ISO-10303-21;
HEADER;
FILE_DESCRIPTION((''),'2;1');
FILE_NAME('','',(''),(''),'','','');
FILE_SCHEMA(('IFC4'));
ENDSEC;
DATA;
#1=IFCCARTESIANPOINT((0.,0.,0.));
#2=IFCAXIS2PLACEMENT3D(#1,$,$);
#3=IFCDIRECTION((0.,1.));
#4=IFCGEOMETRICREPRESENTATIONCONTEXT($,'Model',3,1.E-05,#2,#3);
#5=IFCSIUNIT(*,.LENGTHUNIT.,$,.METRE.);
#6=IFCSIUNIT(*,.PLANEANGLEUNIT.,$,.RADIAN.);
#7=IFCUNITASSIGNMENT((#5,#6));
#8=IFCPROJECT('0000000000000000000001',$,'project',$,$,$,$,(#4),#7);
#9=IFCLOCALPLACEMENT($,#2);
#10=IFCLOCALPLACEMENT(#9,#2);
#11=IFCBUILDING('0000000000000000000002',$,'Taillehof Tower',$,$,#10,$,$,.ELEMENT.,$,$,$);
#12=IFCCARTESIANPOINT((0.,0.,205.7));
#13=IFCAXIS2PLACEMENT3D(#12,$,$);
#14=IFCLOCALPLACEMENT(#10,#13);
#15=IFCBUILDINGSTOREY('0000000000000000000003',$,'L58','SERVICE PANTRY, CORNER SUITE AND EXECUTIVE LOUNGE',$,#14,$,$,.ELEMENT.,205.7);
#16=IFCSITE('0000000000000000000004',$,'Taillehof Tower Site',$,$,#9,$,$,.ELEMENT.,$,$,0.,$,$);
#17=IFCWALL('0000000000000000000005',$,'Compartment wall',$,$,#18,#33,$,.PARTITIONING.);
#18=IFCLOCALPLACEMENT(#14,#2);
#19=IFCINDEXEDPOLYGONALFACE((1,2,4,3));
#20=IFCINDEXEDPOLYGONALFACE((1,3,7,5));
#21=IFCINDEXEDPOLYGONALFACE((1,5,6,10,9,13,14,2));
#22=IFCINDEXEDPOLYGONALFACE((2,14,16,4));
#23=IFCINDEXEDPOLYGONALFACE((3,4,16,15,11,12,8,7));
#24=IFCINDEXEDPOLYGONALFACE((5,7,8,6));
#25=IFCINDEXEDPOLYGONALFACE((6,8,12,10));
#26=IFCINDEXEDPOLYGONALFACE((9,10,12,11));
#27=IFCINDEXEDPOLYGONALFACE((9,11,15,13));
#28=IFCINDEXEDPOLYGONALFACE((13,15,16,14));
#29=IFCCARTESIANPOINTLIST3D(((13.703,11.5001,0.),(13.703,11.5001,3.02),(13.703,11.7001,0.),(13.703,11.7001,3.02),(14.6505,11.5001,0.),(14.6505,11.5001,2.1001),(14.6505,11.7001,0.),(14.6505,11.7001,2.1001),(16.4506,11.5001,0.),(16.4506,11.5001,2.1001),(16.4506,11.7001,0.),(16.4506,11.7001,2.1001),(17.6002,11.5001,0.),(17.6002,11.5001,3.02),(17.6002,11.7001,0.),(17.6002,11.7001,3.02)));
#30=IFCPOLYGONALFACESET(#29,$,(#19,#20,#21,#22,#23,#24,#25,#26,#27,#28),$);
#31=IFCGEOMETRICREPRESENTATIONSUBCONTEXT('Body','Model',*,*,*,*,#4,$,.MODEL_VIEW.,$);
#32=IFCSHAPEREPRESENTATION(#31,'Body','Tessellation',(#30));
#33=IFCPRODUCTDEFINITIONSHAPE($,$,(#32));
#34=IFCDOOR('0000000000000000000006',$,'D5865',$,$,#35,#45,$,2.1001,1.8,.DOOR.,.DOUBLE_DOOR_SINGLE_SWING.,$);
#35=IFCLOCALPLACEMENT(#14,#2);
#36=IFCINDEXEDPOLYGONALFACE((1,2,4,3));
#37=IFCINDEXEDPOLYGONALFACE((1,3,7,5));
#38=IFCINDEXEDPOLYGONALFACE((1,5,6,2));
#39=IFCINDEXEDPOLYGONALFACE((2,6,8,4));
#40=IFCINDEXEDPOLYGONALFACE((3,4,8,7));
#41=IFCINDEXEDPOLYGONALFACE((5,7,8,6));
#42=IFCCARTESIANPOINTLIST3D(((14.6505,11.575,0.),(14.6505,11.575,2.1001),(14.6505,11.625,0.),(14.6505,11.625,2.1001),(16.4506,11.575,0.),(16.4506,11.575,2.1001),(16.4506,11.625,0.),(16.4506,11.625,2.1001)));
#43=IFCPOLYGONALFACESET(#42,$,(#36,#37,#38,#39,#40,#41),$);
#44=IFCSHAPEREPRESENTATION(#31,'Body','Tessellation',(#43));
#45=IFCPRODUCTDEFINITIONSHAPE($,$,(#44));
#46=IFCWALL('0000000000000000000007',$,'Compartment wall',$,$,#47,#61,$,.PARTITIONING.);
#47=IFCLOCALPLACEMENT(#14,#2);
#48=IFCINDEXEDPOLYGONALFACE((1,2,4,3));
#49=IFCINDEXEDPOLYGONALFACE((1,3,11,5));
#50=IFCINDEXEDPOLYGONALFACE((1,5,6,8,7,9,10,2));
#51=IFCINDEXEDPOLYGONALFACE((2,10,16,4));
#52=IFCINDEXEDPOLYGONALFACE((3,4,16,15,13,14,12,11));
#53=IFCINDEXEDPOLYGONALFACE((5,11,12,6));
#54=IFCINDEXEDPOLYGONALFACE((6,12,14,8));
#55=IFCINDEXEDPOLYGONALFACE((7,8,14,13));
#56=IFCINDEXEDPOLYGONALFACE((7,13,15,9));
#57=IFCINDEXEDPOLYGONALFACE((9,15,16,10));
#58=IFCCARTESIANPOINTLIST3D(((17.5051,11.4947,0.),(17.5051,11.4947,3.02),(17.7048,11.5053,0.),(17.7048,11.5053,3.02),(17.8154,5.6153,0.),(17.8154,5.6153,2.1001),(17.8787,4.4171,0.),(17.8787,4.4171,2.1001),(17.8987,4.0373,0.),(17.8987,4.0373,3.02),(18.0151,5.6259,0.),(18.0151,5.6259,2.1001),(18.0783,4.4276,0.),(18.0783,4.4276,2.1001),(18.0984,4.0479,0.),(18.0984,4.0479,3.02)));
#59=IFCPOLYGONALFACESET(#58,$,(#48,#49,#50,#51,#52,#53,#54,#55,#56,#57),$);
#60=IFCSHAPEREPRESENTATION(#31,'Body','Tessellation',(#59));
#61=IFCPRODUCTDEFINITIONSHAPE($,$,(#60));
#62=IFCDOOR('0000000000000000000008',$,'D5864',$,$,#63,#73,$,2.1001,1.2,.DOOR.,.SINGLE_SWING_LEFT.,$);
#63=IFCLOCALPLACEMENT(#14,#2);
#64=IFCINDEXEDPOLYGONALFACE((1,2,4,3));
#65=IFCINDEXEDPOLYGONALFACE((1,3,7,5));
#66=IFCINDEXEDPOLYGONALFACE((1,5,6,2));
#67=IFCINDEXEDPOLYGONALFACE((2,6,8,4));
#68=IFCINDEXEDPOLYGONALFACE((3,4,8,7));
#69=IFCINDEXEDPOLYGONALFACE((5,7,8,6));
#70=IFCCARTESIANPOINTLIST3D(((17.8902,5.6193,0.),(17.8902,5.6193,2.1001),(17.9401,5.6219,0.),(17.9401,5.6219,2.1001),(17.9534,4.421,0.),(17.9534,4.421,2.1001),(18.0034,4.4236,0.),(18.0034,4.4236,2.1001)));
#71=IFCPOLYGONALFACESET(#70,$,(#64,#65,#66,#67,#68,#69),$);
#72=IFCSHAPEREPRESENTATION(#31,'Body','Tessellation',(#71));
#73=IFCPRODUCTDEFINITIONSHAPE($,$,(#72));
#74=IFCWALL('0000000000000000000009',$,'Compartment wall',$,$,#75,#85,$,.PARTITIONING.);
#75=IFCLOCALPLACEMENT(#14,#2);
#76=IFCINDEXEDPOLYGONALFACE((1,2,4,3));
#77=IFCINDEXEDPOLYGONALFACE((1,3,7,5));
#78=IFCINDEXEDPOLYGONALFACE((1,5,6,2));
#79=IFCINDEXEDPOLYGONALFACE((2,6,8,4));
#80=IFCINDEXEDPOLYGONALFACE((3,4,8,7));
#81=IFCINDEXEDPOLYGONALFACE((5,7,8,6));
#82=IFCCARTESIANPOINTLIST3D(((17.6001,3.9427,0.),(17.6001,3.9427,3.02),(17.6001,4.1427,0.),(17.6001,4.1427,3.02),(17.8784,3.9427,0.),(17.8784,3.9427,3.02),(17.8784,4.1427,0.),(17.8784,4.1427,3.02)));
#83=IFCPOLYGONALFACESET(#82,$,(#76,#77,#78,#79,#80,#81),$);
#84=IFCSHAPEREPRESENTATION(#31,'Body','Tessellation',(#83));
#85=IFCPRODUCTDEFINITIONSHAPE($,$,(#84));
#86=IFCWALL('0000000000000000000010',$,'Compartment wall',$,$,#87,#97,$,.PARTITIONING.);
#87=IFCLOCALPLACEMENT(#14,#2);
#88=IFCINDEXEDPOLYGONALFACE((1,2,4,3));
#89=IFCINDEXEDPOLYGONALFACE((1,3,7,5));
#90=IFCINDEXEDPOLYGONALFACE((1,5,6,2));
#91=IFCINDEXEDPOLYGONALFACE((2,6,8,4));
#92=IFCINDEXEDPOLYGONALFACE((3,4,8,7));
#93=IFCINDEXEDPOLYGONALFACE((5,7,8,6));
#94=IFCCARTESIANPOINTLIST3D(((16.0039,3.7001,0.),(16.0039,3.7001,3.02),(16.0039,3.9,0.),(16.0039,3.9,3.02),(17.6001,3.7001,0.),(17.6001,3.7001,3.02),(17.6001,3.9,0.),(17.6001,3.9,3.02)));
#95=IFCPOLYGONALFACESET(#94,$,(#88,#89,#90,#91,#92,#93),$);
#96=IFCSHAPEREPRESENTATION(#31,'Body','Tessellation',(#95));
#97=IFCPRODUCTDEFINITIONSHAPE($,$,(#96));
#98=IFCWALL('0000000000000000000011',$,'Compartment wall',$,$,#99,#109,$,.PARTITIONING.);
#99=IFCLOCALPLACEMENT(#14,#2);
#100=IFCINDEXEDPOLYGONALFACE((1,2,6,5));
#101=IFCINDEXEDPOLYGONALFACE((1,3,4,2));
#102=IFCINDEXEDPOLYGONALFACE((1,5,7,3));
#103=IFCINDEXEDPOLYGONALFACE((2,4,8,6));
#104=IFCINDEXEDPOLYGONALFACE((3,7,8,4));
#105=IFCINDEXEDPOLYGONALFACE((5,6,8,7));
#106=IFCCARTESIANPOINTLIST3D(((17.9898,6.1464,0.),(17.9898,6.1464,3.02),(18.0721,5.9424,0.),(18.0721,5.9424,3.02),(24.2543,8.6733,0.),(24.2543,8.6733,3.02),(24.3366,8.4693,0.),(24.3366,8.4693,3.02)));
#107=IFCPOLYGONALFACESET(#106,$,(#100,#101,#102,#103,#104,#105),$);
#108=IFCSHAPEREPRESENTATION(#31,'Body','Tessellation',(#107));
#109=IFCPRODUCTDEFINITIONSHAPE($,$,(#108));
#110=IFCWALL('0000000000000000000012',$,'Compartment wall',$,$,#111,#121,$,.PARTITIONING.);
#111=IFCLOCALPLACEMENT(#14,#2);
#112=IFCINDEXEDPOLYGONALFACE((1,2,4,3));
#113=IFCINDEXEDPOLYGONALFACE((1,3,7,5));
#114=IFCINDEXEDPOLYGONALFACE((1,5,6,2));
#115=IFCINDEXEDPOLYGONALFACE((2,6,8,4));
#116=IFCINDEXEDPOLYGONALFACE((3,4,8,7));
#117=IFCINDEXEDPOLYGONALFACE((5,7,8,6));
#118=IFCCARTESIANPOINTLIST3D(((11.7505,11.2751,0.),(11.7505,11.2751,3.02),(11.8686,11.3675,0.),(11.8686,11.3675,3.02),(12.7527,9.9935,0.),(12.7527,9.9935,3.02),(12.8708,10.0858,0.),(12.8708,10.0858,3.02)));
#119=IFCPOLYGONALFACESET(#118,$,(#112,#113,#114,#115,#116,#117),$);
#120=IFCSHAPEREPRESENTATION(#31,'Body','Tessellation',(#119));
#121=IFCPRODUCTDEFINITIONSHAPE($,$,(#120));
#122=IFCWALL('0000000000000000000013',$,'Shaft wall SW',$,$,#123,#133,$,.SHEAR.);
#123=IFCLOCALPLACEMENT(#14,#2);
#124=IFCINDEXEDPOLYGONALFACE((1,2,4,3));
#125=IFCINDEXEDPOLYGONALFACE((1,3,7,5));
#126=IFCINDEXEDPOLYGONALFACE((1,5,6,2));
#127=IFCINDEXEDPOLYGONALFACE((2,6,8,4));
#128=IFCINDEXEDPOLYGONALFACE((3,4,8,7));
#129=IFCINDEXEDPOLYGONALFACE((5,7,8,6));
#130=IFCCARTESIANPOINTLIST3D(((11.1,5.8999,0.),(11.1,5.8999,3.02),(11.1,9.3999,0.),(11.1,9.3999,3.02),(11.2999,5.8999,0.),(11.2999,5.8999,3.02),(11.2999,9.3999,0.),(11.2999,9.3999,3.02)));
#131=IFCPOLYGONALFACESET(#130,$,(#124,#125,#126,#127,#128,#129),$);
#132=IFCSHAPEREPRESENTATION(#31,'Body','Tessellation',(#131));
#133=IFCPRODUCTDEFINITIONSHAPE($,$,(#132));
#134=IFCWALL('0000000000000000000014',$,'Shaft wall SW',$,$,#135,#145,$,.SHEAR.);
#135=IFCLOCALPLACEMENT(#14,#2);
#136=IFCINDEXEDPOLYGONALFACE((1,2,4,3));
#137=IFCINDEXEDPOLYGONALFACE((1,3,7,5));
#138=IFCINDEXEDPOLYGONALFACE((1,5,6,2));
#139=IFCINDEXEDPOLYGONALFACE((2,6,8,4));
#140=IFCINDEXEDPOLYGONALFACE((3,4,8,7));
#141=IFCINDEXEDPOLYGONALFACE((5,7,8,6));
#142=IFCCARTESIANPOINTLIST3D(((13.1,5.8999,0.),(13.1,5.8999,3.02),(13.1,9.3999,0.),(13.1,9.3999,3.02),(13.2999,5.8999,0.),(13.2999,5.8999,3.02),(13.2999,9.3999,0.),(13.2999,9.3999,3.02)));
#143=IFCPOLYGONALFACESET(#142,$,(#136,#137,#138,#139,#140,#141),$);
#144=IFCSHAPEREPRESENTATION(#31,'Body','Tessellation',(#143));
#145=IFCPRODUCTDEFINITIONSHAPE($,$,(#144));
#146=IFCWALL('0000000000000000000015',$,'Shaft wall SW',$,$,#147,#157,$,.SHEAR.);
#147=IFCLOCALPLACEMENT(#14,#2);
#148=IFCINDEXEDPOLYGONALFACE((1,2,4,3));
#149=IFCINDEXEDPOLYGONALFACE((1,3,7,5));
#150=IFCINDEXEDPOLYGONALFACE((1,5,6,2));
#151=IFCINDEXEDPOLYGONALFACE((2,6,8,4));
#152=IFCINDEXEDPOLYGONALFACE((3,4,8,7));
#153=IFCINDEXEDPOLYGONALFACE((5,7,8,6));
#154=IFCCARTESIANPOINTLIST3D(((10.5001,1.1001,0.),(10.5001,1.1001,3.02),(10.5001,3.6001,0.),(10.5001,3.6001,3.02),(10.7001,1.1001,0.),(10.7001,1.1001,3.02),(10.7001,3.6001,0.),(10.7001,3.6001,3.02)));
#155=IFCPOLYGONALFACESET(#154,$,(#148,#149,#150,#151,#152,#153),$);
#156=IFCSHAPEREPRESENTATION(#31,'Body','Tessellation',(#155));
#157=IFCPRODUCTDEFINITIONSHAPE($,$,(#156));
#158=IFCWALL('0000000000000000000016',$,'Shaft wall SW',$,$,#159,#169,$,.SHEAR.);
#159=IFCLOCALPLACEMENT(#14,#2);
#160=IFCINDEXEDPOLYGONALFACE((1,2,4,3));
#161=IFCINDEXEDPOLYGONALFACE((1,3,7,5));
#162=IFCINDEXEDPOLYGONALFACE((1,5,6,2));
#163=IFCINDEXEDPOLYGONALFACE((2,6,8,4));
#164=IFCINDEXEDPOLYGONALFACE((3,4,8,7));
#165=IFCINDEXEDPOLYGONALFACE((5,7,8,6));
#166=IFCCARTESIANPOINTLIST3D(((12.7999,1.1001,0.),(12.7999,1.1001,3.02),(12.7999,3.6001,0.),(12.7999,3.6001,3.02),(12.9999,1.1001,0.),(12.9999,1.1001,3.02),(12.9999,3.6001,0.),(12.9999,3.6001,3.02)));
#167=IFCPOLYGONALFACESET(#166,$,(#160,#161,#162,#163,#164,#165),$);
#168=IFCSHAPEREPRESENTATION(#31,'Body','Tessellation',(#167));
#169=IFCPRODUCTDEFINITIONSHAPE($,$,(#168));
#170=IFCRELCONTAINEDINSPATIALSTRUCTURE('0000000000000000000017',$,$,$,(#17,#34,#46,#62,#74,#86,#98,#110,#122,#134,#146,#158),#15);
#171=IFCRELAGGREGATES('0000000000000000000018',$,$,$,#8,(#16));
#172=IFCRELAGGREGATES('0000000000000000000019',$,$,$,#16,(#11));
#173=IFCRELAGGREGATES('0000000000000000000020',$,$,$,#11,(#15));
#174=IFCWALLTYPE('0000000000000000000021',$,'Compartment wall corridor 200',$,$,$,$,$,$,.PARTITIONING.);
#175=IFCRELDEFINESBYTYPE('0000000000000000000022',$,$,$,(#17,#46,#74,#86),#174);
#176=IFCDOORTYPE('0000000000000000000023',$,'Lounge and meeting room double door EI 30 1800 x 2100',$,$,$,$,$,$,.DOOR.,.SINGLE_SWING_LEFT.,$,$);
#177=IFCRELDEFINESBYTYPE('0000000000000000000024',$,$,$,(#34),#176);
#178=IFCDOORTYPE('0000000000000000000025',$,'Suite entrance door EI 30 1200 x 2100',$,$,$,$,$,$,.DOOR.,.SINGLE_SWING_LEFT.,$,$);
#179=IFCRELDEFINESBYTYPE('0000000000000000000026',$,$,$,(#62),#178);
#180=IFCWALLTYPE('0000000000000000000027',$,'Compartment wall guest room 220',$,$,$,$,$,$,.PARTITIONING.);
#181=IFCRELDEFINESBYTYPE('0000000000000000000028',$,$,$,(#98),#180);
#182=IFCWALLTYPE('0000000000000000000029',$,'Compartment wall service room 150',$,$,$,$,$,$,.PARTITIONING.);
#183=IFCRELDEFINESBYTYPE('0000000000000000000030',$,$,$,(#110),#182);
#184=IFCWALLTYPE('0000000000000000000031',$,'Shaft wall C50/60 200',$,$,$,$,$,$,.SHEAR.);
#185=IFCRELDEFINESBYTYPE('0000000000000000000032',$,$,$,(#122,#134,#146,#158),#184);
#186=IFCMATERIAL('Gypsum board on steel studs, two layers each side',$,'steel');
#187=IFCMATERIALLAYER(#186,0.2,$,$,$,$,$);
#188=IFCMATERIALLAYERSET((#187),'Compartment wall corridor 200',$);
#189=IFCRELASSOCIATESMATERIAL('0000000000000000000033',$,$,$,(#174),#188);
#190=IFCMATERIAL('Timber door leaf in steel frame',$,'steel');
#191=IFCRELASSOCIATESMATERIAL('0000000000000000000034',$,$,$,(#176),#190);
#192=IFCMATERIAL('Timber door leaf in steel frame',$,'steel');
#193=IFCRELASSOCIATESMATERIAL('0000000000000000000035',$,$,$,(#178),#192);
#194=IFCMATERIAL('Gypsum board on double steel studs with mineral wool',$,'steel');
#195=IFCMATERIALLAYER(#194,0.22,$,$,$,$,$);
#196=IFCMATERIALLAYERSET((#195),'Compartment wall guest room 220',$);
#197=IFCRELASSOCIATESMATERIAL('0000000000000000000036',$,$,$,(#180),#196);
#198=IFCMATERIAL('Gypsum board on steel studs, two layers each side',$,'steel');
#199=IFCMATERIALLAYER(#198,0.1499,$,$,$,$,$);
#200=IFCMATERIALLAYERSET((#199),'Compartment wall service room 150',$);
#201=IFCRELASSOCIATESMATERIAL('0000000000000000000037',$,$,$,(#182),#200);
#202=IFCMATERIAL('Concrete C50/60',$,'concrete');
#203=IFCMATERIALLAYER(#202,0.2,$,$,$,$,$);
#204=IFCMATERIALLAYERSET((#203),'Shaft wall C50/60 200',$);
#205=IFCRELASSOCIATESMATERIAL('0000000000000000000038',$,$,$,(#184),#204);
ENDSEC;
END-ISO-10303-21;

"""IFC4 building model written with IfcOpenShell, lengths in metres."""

from ifc_helpers import new_model, si_unit, direction, frame, frame_2d, origin, place, context, subcontext, project, spatial, rectangle, extrude, material, layer, layer_set, type_object, element, fill, save


model = new_model("IFC4")

# Units and contexts
model_context = context("Model", 3, precision=1e-05, world=origin(), true_north=direction((0.0, 1.0)))
body_context = subcontext(model_context, "Body", "Model", "MODEL_VIEW")
ifc_project = project(units=[si_unit("LENGTHUNIT", "METRE"), si_unit("PLANEANGLEUNIT", "RADIAN")], contexts=[model_context])

# Site, building, storey
site_placement = place(None, origin())
site = spatial("IfcSite", under=ifc_project, at=site_placement, Name="Taillehof Tower Site", CompositionType="ELEMENT", RefElevation=0.0)
building_placement = place(site_placement, origin())
building = spatial("IfcBuilding", under=site, at=building_placement, Name="Taillehof Tower", CompositionType="ELEMENT")
storey_placement = place(building_placement, frame((0.0, 0.0, 205.7)))
storey = spatial("IfcBuildingStorey", under=building, at=storey_placement, Name="L58", Description="SERVICE PANTRY, CORNER SUITE AND EXECUTIVE LOUNGE", CompositionType="ELEMENT", Elevation=205.7)

# Walls, openings, doors
ifc_material_1 = material(Name="Gypsum board on steel studs, two layers each side", Category="steel")
ifc_layer_1 = layer(ifc_material_1, 0.2)
ifc_layer_set_1 = layer_set([ifc_layer_1], Name="Compartment wall corridor 200")
wall_type_1 = type_object("IfcWallType", Name="Compartment wall corridor 200", PredefinedType="PARTITIONING", material=ifc_layer_set_1)
wall_1_placement = place(storey_placement, frame((13.7029, 11.6001, 0.0), z_axis=(0.0, 0.0, 1.0), x_axis=(1.0, 0.0, 0.0)))
wall_1 = element("IfcWall", 1, at=wall_1_placement, inside=storey, type_object=wall_type_1, Name="Compartment wall", PredefinedType="PARTITIONING", context=body_context, shape_type="SweptSolid", body=[
    extrude(rectangle(XDim=3.8972, YDim=0.2, at=frame_2d((1.9487, 0.0))), origin(), (0.0, 0.0, 1.0), 3.02),
])
opening_1_placement = place(wall_1_placement, frame((0.9478, 0.0, 0.0)))
opening_1 = element("IfcOpeningElement", 2, at=opening_1_placement, cuts=wall_1, PredefinedType="OPENING", context=body_context, shape_type="SweptSolid", body=[
    extrude(rectangle(XDim=1.8, YDim=2.1001, at=frame_2d((0.8999, 1.05))), frame((0.0, 0.1099, 0.0), z_axis=(0.0, -1.0, 0.0), x_axis=(1.0, 0.0, 0.0)), (0.0, 0.0, 1.0), 0.22),
])
ifc_material_2 = material(Name="Timber door leaf in steel frame", Category="steel")
door_type_1 = type_object("IfcDoorType", Name="Lounge and meeting room double door EI 30 1800 x 2100", OperationType="SINGLE_SWING_LEFT", PredefinedType="DOOR", material=ifc_material_2)
door_1_placement = place(opening_1_placement, origin())
door_1 = element("IfcDoor", 3, at=door_1_placement, inside=storey, type_object=door_type_1, Name="D5865", OperationType="DOUBLE_DOOR_SINGLE_SWING", OverallHeight=2.1001, OverallWidth=1.8, PredefinedType="DOOR", context=body_context, shape_type="SweptSolid", body=[
    extrude(rectangle(XDim=1.8, YDim=2.1001, at=frame_2d((0.8999, 1.05))), frame((0.0, 0.0249, 0.0), z_axis=(0.0, -1.0, 0.0), x_axis=(1.0, 0.0, 0.0)), (0.0, 0.0, 1.0), 0.05),
])
fill(opening_1, door_1)
wall_2_placement = place(storey_placement, frame((17.605, 11.5, 0.0), z_axis=(0.0, 0.0, 1.0), x_axis=(0.052701, -0.99861, 0.0)))
wall_2 = element("IfcWall", 4, at=wall_2_placement, inside=storey, type_object=wall_type_1, Name="Compartment wall", PredefinedType="PARTITIONING", context=body_context, shape_type="SweptSolid", body=[
    extrude(rectangle(XDim=7.4678, YDim=0.2, at=frame_2d((3.7339, 0.0))), origin(), (0.0, 0.0, 1.0), 3.02),
])
opening_2_placement = place(wall_2_placement, frame((5.8875, 0.0, 0.0)))
opening_2 = element("IfcOpeningElement", 5, at=opening_2_placement, cuts=wall_2, PredefinedType="OPENING", context=body_context, shape_type="SweptSolid", body=[
    extrude(rectangle(XDim=1.2, YDim=2.1001, at=frame_2d((0.6001, 1.05))), frame((0.0, 0.1099, 0.0), z_axis=(0.0, -1.0, 0.0), x_axis=(1.0, 0.0, 0.0)), (0.0, 0.0, 1.0), 0.22),
])
ifc_material_3 = material(Name="Timber door leaf in steel frame", Category="steel")
door_type_2 = type_object("IfcDoorType", Name="Suite entrance door EI 30 1200 x 2100", OperationType="SINGLE_SWING_LEFT", PredefinedType="DOOR", material=ifc_material_3)
door_2_placement = place(opening_2_placement, origin())
door_2 = element("IfcDoor", 6, at=door_2_placement, inside=storey, type_object=door_type_2, Name="D5864", OperationType="SINGLE_SWING_LEFT", OverallHeight=2.1001, OverallWidth=1.2, PredefinedType="DOOR", context=body_context, shape_type="SweptSolid", body=[
    extrude(rectangle(XDim=1.2, YDim=2.1001, at=frame_2d((0.6001, 1.05))), frame((0.0, 0.0249, 0.0), z_axis=(0.0, -1.0, 0.0), x_axis=(1.0, 0.0, 0.0)), (0.0, 0.0, 1.0), 0.05),
])
fill(opening_2, door_2)

# Walls
wall_3_placement = place(storey_placement, frame((17.8784, 4.0427, 0.0), z_axis=(0.0, 0.0, 1.0), x_axis=(-1.0, 0.0, 0.0)))
element("IfcWall", 7, at=wall_3_placement, inside=storey, type_object=wall_type_1, Name="Compartment wall", PredefinedType="PARTITIONING", context=body_context, shape_type="SweptSolid", body=[
    extrude(rectangle(XDim=0.2783, YDim=0.2, at=frame_2d((0.1392, 0.0))), origin(), (0.0, 0.0, 1.0), 3.02),
])
wall_4_placement = place(storey_placement, frame((17.6001, 3.8, 0.0), z_axis=(0.0, 0.0, 1.0), x_axis=(-1.0, 0.0, 0.0)))
element("IfcWall", 8, at=wall_4_placement, inside=storey, type_object=wall_type_1, Name="Compartment wall", PredefinedType="PARTITIONING", context=body_context, shape_type="SweptSolid", body=[
    extrude(rectangle(XDim=1.5962, YDim=0.2, at=frame_2d((0.7981, 0.0))), origin(), (0.0, 0.0, 1.0), 3.02),
])
ifc_material_4 = material(Name="Gypsum board on double steel studs with mineral wool", Category="steel")
ifc_layer_2 = layer(ifc_material_4, 0.22)
ifc_layer_set_2 = layer_set([ifc_layer_2], Name="Compartment wall guest room 220")
wall_type_2 = type_object("IfcWallType", Name="Compartment wall guest room 220", PredefinedType="PARTITIONING", material=ifc_layer_set_2)
wall_5_placement = place(storey_placement, frame((24.2954, 8.5713, 0.0), z_axis=(0.0, 0.0, 1.0), x_axis=(-0.927396, -0.374081, 0.0)))
element("IfcWall", 9, at=wall_5_placement, inside=storey, type_object=wall_type_2, Name="Compartment wall", PredefinedType="PARTITIONING", context=body_context, shape_type="SweptSolid", body=[
    extrude(rectangle(XDim=6.7549, YDim=0.22, at=frame_2d((3.3774, 0.0))), origin(), (0.0, 0.0, 1.0), 3.02),
])
ifc_material_5 = material(Name="Gypsum board on steel studs, two layers each side", Category="steel")
ifc_layer_3 = layer(ifc_material_5, 0.1499)
ifc_layer_set_3 = layer_set([ifc_layer_3], Name="Compartment wall service room 150")
wall_type_3 = type_object("IfcWallType", Name="Compartment wall service room 150", PredefinedType="PARTITIONING", material=ifc_layer_set_3)
wall_6_placement = place(storey_placement, frame((11.8096, 11.3213, 0.0), z_axis=(0.0, 0.0, 1.0), x_axis=(0.615964, -0.787774, 0.0)))
element("IfcWall", 10, at=wall_6_placement, inside=storey, type_object=wall_type_3, Name="Compartment wall", PredefinedType="PARTITIONING", context=body_context, shape_type="SweptSolid", body=[
    extrude(rectangle(XDim=1.627, YDim=0.1499, at=frame_2d((0.8135, 0.0))), origin(), (0.0, 0.0, 1.0), 3.02),
])
ifc_material_6 = material(Name="Concrete C50/60", Category="concrete")
ifc_layer_4 = layer(ifc_material_6, 0.2)
ifc_layer_set_4 = layer_set([ifc_layer_4], Name="Shaft wall C50/60 200")
wall_type_4 = type_object("IfcWallType", Name="Shaft wall C50/60 200", PredefinedType="SHEAR", material=ifc_layer_set_4)
for number, where, z_axis, x_axis, name in (
    (11, (11.2, 5.8999, 0.0), (0.0, 0.0, 1.0), (0.0, 1.0, 0.0), "Shaft wall SW"),
    (12, (13.2, 5.8999, 0.0), (0.0, 0.0, 1.0), (0.0, 1.0, 0.0), "Shaft wall SW"),
):
    element("IfcWall", number, at=place(storey_placement, frame(where, z_axis=z_axis, x_axis=x_axis)), inside=storey, type_object=wall_type_4, Name=name, PredefinedType="SHEAR", context=body_context, shape_type="SweptSolid", body=[
        extrude(rectangle(XDim=3.5, YDim=0.2, at=frame_2d((1.75, 0.0))), origin(), (0.0, 0.0, 1.0), 3.02),
    ])
for number, where, z_axis, x_axis, name in (
    (13, (10.6001, 1.1001, 0.0), (0.0, 0.0, 1.0), (0.0, 1.0, 0.0), "Shaft wall SW"),
    (14, (12.8999, 1.1001, 0.0), (0.0, 0.0, 1.0), (0.0, 1.0, 0.0), "Shaft wall SW"),
):
    element("IfcWall", number, at=place(storey_placement, frame(where, z_axis=z_axis, x_axis=x_axis)), inside=storey, type_object=wall_type_4, Name=name, PredefinedType="SHEAR", context=body_context, shape_type="SweptSolid", body=[
        extrude(rectangle(XDim=2.5, YDim=0.2, at=frame_2d((1.25, 0.0))), origin(), (0.0, 0.0, 1.0), 3.02),
    ])

save(model, "model.ifc")
